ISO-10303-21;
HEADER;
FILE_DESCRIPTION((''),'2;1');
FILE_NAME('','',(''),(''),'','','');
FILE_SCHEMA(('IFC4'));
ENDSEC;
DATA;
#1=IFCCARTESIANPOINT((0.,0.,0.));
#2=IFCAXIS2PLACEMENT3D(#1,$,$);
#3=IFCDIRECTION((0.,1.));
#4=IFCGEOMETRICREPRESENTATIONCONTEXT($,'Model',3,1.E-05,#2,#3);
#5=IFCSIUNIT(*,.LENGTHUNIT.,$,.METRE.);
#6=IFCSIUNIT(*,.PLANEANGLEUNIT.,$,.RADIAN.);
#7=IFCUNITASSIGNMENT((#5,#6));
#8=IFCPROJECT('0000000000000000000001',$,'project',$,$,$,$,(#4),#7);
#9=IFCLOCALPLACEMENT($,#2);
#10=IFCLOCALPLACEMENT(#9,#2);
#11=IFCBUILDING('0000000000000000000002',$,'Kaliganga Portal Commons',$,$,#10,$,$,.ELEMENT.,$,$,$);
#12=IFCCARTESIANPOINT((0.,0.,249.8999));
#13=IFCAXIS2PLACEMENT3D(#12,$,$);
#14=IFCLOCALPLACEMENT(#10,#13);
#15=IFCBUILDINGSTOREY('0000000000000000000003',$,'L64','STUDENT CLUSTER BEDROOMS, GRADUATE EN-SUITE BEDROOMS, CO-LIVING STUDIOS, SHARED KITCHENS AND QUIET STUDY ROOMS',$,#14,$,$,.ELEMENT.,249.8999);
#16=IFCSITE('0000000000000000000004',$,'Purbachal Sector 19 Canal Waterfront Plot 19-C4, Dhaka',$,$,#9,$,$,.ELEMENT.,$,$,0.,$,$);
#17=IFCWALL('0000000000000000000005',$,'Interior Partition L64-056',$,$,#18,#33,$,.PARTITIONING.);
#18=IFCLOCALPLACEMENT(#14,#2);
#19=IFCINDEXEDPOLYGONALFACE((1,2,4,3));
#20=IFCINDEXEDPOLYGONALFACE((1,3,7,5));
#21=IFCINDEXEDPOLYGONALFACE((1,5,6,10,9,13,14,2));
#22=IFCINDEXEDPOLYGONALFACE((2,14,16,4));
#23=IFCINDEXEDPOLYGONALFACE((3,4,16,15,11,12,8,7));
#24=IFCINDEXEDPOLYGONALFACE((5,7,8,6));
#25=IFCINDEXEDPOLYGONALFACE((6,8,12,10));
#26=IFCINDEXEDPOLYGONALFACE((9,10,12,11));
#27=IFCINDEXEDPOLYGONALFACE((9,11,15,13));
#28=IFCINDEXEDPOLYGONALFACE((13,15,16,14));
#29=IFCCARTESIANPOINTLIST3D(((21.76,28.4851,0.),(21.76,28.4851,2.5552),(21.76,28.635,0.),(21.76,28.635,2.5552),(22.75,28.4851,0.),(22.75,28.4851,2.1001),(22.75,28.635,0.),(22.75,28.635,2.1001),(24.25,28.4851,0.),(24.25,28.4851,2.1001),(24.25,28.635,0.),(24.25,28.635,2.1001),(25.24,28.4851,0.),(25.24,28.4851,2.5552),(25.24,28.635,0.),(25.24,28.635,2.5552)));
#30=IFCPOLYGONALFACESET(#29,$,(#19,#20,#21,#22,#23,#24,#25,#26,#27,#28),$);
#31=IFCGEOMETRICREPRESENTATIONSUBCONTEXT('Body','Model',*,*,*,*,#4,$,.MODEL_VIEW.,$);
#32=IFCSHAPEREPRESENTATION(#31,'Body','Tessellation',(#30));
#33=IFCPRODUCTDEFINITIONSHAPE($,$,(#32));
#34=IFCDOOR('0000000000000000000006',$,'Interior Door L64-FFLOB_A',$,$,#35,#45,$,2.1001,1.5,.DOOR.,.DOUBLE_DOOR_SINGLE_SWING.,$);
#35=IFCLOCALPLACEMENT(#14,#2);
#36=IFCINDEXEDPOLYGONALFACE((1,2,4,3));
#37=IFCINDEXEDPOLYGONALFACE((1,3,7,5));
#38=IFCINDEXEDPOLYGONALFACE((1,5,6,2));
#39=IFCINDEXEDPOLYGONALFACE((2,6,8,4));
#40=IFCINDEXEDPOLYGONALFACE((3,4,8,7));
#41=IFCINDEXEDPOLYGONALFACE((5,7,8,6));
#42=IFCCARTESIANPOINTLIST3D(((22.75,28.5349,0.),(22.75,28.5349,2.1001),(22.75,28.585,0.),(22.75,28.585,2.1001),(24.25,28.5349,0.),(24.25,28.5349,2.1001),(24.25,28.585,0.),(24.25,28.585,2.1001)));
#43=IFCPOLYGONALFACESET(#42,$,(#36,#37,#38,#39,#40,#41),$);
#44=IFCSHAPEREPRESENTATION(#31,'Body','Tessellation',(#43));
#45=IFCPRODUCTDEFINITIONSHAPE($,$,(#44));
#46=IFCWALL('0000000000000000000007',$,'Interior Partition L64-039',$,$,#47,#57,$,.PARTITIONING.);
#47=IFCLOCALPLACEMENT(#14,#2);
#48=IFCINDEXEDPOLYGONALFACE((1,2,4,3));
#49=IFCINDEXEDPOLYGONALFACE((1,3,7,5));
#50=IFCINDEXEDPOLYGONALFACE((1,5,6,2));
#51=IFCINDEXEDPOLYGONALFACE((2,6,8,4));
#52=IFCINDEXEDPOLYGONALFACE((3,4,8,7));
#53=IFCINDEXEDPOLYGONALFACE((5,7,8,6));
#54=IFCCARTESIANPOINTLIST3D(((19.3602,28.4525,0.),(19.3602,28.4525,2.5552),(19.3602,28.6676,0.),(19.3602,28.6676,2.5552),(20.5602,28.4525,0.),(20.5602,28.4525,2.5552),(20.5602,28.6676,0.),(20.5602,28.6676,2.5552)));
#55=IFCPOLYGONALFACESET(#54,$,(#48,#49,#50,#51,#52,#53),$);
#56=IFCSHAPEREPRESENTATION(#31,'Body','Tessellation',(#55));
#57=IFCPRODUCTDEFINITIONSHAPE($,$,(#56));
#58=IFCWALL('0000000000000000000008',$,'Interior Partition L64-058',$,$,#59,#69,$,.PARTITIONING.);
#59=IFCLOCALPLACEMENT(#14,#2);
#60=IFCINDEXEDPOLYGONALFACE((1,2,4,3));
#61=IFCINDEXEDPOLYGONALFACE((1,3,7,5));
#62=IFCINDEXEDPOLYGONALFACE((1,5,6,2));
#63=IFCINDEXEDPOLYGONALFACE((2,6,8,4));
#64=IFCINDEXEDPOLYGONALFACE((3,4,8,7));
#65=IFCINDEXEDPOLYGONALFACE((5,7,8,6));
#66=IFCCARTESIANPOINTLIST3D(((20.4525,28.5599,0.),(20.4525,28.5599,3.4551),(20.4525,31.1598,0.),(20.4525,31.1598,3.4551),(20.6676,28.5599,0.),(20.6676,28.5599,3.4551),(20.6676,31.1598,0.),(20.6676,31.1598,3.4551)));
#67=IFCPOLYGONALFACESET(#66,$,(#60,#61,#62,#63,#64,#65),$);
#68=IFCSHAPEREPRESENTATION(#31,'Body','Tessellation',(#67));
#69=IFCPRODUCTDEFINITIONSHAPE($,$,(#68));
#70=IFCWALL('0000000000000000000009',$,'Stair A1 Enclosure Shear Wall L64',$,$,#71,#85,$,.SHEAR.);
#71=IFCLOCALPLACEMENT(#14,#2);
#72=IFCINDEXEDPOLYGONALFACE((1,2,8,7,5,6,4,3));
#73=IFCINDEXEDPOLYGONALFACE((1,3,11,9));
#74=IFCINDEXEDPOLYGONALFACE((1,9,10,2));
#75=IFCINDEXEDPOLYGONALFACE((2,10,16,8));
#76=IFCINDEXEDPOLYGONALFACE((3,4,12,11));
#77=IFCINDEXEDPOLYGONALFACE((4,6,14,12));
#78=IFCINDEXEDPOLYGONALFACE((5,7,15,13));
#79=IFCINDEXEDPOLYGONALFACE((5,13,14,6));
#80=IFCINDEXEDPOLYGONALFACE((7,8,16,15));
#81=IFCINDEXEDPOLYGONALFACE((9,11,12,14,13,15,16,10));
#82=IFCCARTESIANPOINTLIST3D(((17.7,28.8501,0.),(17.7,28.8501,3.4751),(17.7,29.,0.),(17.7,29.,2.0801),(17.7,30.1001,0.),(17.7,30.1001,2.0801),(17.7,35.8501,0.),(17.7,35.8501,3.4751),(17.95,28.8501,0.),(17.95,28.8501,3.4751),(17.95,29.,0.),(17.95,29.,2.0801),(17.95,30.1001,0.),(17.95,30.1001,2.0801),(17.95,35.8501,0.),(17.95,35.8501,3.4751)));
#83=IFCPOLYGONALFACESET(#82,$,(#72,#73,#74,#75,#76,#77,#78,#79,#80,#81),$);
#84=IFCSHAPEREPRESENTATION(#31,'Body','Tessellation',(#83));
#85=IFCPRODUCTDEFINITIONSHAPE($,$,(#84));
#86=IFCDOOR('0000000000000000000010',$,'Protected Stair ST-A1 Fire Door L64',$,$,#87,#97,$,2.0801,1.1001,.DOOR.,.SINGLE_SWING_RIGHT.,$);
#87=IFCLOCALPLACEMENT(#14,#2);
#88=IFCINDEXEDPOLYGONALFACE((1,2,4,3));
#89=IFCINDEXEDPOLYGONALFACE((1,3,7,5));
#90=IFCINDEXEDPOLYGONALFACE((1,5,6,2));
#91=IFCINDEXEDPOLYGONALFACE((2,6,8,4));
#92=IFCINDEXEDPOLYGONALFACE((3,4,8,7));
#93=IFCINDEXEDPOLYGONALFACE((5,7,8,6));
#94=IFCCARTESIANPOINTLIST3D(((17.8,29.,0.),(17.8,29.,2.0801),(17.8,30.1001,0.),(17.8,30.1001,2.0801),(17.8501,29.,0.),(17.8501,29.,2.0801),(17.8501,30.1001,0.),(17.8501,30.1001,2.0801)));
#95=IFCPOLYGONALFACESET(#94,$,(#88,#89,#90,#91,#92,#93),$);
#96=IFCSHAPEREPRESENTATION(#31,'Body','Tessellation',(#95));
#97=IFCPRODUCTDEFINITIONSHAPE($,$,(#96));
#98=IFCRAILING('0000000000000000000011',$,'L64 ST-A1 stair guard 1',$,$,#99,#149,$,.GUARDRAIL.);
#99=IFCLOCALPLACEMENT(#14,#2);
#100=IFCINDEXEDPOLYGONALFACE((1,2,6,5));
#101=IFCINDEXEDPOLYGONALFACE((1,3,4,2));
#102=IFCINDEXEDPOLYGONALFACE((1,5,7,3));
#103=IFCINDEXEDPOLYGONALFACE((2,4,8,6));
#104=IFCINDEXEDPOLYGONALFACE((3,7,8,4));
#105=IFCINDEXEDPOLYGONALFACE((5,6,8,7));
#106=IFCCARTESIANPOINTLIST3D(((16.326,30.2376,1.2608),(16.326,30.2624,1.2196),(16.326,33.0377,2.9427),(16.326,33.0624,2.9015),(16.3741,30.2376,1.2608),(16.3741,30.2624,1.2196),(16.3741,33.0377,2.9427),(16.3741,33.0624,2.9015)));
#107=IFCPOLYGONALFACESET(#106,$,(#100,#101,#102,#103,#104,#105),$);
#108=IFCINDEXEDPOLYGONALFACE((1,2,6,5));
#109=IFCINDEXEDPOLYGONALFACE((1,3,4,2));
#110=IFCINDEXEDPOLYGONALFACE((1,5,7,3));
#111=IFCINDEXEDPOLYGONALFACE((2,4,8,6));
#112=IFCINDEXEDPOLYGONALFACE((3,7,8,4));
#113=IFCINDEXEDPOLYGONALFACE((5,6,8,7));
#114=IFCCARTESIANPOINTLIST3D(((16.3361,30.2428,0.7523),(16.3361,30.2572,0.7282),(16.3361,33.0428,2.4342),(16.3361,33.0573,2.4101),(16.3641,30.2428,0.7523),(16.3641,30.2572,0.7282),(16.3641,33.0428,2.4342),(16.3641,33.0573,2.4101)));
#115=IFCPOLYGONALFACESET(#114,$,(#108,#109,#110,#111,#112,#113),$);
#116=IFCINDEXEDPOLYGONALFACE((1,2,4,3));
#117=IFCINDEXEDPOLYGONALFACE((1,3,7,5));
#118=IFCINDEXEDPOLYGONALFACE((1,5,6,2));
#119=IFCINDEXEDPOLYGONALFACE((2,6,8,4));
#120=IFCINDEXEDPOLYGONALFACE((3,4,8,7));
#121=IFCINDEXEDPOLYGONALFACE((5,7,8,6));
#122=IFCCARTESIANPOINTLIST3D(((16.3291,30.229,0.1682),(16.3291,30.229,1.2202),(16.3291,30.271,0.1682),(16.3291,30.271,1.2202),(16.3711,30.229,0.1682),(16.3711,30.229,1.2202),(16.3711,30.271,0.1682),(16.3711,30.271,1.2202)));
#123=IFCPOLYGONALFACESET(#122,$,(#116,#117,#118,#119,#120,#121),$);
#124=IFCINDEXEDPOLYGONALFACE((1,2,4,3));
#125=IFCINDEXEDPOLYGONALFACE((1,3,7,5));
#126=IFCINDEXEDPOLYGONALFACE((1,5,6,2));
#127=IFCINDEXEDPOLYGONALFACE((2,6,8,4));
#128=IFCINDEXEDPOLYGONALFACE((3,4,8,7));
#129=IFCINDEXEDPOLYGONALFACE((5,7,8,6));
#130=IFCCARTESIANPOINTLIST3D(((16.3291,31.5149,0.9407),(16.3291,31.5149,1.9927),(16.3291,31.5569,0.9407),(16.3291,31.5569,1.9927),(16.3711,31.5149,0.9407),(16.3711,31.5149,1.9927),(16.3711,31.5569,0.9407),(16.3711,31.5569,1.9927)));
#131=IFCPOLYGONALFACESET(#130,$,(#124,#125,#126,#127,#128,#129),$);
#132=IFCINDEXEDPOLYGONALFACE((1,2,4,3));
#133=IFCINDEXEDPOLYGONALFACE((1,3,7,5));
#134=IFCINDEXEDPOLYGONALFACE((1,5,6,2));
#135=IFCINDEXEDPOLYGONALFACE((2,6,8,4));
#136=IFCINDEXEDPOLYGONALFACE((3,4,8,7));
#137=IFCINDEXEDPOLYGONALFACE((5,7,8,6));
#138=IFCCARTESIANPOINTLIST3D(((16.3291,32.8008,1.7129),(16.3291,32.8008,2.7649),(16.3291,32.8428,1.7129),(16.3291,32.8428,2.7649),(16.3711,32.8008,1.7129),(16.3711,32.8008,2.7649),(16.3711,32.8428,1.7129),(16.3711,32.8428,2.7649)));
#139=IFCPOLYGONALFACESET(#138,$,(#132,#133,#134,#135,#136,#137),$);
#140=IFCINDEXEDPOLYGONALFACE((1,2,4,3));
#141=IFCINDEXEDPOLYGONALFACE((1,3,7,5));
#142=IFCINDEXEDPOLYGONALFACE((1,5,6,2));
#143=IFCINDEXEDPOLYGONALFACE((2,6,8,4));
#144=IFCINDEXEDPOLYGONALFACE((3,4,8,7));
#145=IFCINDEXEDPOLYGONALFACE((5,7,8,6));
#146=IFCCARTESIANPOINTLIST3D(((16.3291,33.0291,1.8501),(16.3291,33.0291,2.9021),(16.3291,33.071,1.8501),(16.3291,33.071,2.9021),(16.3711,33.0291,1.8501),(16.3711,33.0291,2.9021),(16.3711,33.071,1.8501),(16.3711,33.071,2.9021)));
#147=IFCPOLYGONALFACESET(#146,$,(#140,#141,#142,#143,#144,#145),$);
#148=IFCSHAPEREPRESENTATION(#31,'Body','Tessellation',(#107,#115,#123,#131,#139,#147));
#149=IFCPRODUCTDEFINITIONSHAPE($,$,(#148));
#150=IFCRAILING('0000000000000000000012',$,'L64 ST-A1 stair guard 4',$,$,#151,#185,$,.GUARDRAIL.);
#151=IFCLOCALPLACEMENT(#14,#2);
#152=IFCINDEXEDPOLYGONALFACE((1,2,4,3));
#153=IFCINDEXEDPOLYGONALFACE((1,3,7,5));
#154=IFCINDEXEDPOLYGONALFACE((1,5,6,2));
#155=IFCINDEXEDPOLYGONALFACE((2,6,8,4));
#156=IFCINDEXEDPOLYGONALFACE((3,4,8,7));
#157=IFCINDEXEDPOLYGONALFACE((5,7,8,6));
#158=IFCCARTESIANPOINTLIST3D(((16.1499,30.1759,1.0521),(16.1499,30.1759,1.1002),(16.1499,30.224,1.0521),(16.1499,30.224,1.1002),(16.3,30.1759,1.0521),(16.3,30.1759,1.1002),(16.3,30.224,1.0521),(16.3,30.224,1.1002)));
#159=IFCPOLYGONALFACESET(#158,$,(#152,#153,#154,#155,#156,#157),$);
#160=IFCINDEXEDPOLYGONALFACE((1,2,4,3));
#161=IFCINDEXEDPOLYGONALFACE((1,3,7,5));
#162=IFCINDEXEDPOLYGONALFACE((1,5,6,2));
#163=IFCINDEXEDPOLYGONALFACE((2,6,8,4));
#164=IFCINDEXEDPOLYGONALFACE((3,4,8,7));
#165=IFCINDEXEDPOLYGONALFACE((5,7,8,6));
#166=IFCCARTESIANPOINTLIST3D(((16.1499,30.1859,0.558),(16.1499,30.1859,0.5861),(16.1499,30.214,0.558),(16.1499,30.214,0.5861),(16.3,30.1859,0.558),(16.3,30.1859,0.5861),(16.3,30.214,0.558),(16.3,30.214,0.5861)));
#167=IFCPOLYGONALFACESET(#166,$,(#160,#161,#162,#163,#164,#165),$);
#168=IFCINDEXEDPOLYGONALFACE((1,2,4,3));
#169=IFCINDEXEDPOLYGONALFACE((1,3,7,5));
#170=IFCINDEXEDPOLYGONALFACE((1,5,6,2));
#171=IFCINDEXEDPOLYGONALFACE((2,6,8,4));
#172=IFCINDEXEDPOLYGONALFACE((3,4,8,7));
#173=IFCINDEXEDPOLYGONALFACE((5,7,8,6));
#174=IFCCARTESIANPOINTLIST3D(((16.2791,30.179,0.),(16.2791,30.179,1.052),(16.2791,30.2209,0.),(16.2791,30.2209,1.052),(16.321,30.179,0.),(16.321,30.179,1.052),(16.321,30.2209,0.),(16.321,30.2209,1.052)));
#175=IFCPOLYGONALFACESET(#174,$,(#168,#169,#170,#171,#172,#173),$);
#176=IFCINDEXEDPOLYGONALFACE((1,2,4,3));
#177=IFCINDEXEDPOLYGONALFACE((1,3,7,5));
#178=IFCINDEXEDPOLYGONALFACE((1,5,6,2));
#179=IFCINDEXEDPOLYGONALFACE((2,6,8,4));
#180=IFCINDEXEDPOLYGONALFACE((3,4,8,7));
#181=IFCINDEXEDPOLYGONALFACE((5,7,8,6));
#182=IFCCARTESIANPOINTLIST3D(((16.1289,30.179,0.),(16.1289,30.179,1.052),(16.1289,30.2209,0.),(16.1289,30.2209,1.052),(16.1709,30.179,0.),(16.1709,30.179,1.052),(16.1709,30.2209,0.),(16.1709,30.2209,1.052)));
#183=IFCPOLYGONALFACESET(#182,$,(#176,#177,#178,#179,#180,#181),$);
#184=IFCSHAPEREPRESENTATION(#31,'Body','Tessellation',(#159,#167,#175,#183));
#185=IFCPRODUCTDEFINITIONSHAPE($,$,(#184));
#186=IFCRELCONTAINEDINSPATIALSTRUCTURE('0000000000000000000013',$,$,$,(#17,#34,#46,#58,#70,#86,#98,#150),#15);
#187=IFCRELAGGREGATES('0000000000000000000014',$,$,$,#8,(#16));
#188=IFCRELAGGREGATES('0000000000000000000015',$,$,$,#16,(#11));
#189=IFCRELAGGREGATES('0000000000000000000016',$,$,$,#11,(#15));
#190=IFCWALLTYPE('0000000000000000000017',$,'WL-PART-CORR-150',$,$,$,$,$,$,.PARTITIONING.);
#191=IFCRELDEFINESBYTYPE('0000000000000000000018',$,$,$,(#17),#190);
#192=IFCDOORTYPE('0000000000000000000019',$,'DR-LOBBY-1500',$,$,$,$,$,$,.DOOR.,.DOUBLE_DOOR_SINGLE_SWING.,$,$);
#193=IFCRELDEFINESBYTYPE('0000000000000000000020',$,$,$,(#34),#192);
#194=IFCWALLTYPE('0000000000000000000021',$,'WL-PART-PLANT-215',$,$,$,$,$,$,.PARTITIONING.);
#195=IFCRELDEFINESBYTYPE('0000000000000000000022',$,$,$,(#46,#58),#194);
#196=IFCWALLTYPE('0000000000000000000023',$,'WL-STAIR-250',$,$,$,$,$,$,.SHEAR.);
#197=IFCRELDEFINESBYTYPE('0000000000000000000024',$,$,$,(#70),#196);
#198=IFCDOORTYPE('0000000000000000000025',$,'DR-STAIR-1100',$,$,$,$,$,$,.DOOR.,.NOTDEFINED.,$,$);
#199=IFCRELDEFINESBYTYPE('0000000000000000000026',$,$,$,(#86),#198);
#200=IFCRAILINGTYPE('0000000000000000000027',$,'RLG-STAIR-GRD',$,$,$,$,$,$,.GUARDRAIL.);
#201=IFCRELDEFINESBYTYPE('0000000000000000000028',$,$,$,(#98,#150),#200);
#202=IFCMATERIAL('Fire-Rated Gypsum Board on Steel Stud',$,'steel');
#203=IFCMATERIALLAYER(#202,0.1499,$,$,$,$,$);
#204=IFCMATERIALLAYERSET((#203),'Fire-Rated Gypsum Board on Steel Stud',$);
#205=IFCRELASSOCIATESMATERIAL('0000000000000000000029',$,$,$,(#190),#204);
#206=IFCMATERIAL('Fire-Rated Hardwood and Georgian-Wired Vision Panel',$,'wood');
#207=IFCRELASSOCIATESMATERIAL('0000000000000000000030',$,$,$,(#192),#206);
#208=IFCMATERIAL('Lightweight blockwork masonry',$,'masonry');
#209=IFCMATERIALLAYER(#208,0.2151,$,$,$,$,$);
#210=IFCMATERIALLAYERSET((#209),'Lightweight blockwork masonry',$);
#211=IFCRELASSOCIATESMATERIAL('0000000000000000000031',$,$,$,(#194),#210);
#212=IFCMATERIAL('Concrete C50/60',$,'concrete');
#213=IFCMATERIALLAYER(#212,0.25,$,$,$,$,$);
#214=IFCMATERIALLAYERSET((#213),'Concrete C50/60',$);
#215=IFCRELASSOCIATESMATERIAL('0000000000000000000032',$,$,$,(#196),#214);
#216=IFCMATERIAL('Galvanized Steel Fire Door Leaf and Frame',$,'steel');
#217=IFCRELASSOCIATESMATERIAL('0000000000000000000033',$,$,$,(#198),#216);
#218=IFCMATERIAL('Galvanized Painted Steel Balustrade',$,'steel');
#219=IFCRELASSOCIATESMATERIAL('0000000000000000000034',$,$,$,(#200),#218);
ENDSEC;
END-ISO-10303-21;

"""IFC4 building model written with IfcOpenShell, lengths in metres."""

from ifc_helpers import new_model, si_unit, direction, frame, frame_2d, origin, origin_2d, place, context, subcontext, project, spatial, rectangle, extrude, material, layer, layer_set, type_object, element, fill, save


model = new_model("IFC4")

# Units and contexts
model_context = context("Model", 3, precision=1e-05, world=origin(), true_north=direction((0.0, 1.0)))
body_context = subcontext(model_context, "Body", "Model", "MODEL_VIEW")
ifc_project = project(units=[si_unit("LENGTHUNIT", "METRE"), si_unit("PLANEANGLEUNIT", "RADIAN")], contexts=[model_context])

# Site, building, storey
site_placement = place(None, origin())
site = spatial("IfcSite", under=ifc_project, at=site_placement, Name="Purbachal Sector 19 Canal Waterfront Plot 19-C4, Dhaka", CompositionType="ELEMENT", RefElevation=0.0)
building_placement = place(site_placement, origin())
building = spatial("IfcBuilding", under=site, at=building_placement, Name="Kaliganga Portal Commons", CompositionType="ELEMENT")
storey_placement = place(building_placement, frame((0.0, 0.0, 249.8999)))
storey = spatial("IfcBuildingStorey", under=building, at=storey_placement, Name="L64", Description="STUDENT CLUSTER BEDROOMS, GRADUATE EN-SUITE BEDROOMS, CO-LIVING STUDIOS, SHARED KITCHENS AND QUIET STUDY ROOMS", CompositionType="ELEMENT", Elevation=249.8999)

# Shared definitions
ifc_material_1 = material(Name="Concrete C50/60", Category="concrete")

# Shared definitions
ifc_material_2 = material(Name="Fire-Rated Gypsum Board on Steel Stud", Category="steel")
ifc_layer_1 = layer(ifc_material_2, 0.1499)
ifc_layer_set_1 = layer_set([ifc_layer_1], Name="Fire-Rated Gypsum Board on Steel Stud")
wall_type_1 = type_object("IfcWallType", Name="WL-PART-CORR-150", PredefinedType="PARTITIONING", material=ifc_layer_set_1)

# Wall, opening, door
wall_1_placement = place(storey_placement, frame((21.76, 28.5601, 0.0), z_axis=(0.0, 0.0, 1.0), x_axis=(1.0, 0.0, 0.0)))
wall_1 = element("IfcWall", 1, at=wall_1_placement, inside=storey, type_object=wall_type_1, Name="Interior Partition L64-056", PredefinedType="PARTITIONING", context=body_context, shape_type="SweptSolid", body=[
    extrude(rectangle(XDim=3.48, YDim=0.1499, at=frame_2d((1.74, 0.0))), origin(), (0.0, 0.0, 1.0), 2.5552),
])
opening_1_placement = place(wall_1_placement, frame((0.99, 0.0, 0.0)))
opening_1 = element("IfcOpeningElement", 2, at=opening_1_placement, cuts=wall_1, PredefinedType="OPENING", context=body_context, shape_type="SweptSolid", body=[
    extrude(rectangle(XDim=1.5, YDim=2.1001, at=frame_2d((0.75, 1.05))), frame((0.0, 0.085, 0.0), z_axis=(0.0, -1.0, 0.0), x_axis=(1.0, 0.0, 0.0)), (0.0, 0.0, 1.0), 0.1699),
])
ifc_material_3 = material(Name="Fire-Rated Hardwood and Georgian-Wired Vision Panel", Category="wood")
door_type_1 = type_object("IfcDoorType", Name="DR-LOBBY-1500", OperationType="DOUBLE_DOOR_SINGLE_SWING", PredefinedType="DOOR", material=ifc_material_3)
door_1_placement = place(opening_1_placement, origin())
door_1 = element("IfcDoor", 3, at=door_1_placement, inside=storey, type_object=door_type_1, Name="Interior Door L64-FFLOB_A", OperationType="DOUBLE_DOOR_SINGLE_SWING", OverallHeight=2.1001, OverallWidth=1.5, PredefinedType="DOOR", context=body_context, shape_type="SweptSolid", body=[
    extrude(rectangle(XDim=1.5, YDim=2.1001, at=frame_2d((0.75, 1.05))), frame((0.0, 0.0249, 0.0), z_axis=(0.0, -1.0, 0.0), x_axis=(1.0, 0.0, 0.0)), (0.0, 0.0, 1.0), 0.05),
])
fill(opening_1, door_1)
ifc_material_4 = material(Name="Lightweight blockwork masonry", Category="masonry")
ifc_layer_2 = layer(ifc_material_4, 0.2151)
ifc_layer_set_2 = layer_set([ifc_layer_2], Name="Lightweight blockwork masonry")
wall_type_2 = type_object("IfcWallType", Name="WL-PART-PLANT-215", PredefinedType="PARTITIONING", material=ifc_layer_set_2)

# Walls
wall_2_placement = place(storey_placement, frame((19.3601, 28.5601, 0.0), z_axis=(0.0, 0.0, 1.0), x_axis=(1.0, 0.0, 0.0)))
element("IfcWall", 4, at=wall_2_placement, inside=storey, type_object=wall_type_2, Name="Interior Partition L64-039", PredefinedType="PARTITIONING", context=body_context, shape_type="SweptSolid", body=[
    extrude(rectangle(XDim=1.2, YDim=0.2151, at=frame_2d((0.6001, 0.0))), origin(), (0.0, 0.0, 1.0), 2.5552),
])
wall_3_placement = place(storey_placement, frame((20.5601, 28.5601, 0.0), z_axis=(0.0, 0.0, 1.0), x_axis=(0.0, 1.0, 0.0)))
element("IfcWall", 5, at=wall_3_placement, inside=storey, type_object=wall_type_2, Name="Interior Partition L64-058", PredefinedType="PARTITIONING", context=body_context, shape_type="SweptSolid", body=[
    extrude(rectangle(XDim=2.5999, YDim=0.2151, at=frame_2d((1.2998, 0.0))), origin(), (0.0, 0.0, 1.0), 3.4551),
])

# Wall, opening, door
ifc_layer_3 = layer(ifc_material_1, 0.25)
ifc_layer_set_3 = layer_set([ifc_layer_3], Name="Concrete C50/60")
wall_type_3 = type_object("IfcWallType", Name="WL-STAIR-250", PredefinedType="SHEAR", material=ifc_layer_set_3)
wall_4_placement = place(storey_placement, frame((17.825, 28.8501, 0.0), z_axis=(0.0, 0.0, 1.0), x_axis=(0.0, 1.0, 0.0)))
wall_4 = element("IfcWall", 6, at=wall_4_placement, inside=storey, type_object=wall_type_3, Name="Stair A1 Enclosure Shear Wall L64", PredefinedType="SHEAR", context=body_context, shape_type="SweptSolid", body=[
    extrude(rectangle(XDim=7.0, YDim=0.25, at=frame_2d((3.5, 0.0))), origin(), (0.0, 0.0, 1.0), 3.4751),
])
opening_2_placement = place(wall_4_placement, frame((0.1499, 0.0, 0.0)))
opening_2 = element("IfcOpeningElement", 7, at=opening_2_placement, cuts=wall_4, PredefinedType="OPENING", context=body_context, shape_type="SweptSolid", body=[
    extrude(rectangle(XDim=1.1001, YDim=2.0801, at=frame_2d((0.55, 1.04))), frame((0.0, 0.135, 0.0), z_axis=(0.0, -1.0, 0.0), x_axis=(1.0, 0.0, 0.0)), (0.0, 0.0, 1.0), 0.27),
])
ifc_material_5 = material(Name="Galvanized Steel Fire Door Leaf and Frame", Category="steel")
door_type_2 = type_object("IfcDoorType", Name="DR-STAIR-1100", OperationType="NOTDEFINED", PredefinedType="DOOR", material=ifc_material_5)
door_2_placement = place(opening_2_placement, origin())
door_2 = element("IfcDoor", 8, at=door_2_placement, inside=storey, type_object=door_type_2, Name="Protected Stair ST-A1 Fire Door L64", OperationType="SINGLE_SWING_RIGHT", OverallHeight=2.0801, OverallWidth=1.1001, PredefinedType="DOOR", context=body_context, shape_type="SweptSolid", body=[
    extrude(rectangle(XDim=1.1001, YDim=2.0801, at=frame_2d((0.55, 1.04))), frame((0.0, 0.0249, 0.0), z_axis=(0.0, -1.0, 0.0), x_axis=(1.0, 0.0, 0.0)), (0.0, 0.0, 1.0), 0.05),
])
fill(opening_2, door_2)

# Railings
ifc_material_6 = material(Name="Galvanized Painted Steel Balustrade", Category="steel")
railing_type = type_object("IfcRailingType", Name="RLG-STAIR-GRD", PredefinedType="GUARDRAIL", material=ifc_material_6)
railing_1_placement = place(storey_placement, frame((16.3501, 30.25, 0.1682)))
element("IfcRailing", 9, at=railing_1_placement, inside=storey, type_object=railing_type, Name="L64 ST-A1 stair guard 1", PredefinedType="GUARDRAIL", context=body_context, shape_type="SweptSolid", body=[
    extrude(rectangle(XDim=0.0481, YDim=0.0481, at=origin_2d()), frame((0.0, 0.0, 1.072), z_axis=(0.0, 0.857242, 0.514913), x_axis=(-1.0, 0.0, 0.0)), (0.0, 0.0, 1.0), 3.2664),
    extrude(rectangle(XDim=0.0281, YDim=0.0281, at=origin_2d()), frame((0.0, 0.0, 0.572), z_axis=(0.0, 0.857242, 0.514913), x_axis=(-1.0, 0.0, 0.0)), (0.0, 0.0, 1.0), 3.2664),
    extrude(rectangle(XDim=0.042, YDim=0.042, at=origin_2d()), origin(), (0.0, 0.0, 1.0), 1.052),
    extrude(rectangle(XDim=0.042, YDim=0.042, at=origin_2d()), frame((0.0, 1.2859, 0.7725)), (0.0, 0.0, 1.0), 1.052),
    extrude(rectangle(XDim=0.042, YDim=0.042, at=origin_2d()), frame((0.0, 2.5718, 1.5447)), (0.0, 0.0, 1.0), 1.052),
    extrude(rectangle(XDim=0.042, YDim=0.042, at=origin_2d()), frame((0.0, 2.8, 1.6819)), (0.0, 0.0, 1.0), 1.052),
])
railing_2_placement = place(storey_placement, frame((16.3, 30.2, 0.0)))
element("IfcRailing", 10, at=railing_2_placement, inside=storey, type_object=railing_type, Name="L64 ST-A1 stair guard 4", PredefinedType="GUARDRAIL", context=body_context, shape_type="SweptSolid", body=[
    extrude(rectangle(XDim=0.0481, YDim=0.0481, at=origin_2d()), frame((0.0, 0.0, 1.0762), z_axis=(-1.0, 0.0, 0.0), x_axis=(0.0, -1.0, 0.0)), (0.0, 0.0, 1.0), 0.1501),
    extrude(rectangle(XDim=0.0281, YDim=0.0281, at=origin_2d()), frame((0.0, 0.0, 0.572), z_axis=(-1.0, 0.0, 0.0), x_axis=(0.0, -1.0, 0.0)), (0.0, 0.0, 1.0), 0.1501),
    extrude(rectangle(XDim=0.042, YDim=0.042, at=origin_2d()), origin(), (0.0, 0.0, 1.0), 1.052),
    extrude(rectangle(XDim=0.042, YDim=0.042, at=origin_2d()), frame((-0.1501, 0.0, 0.0)), (0.0, 0.0, 1.0), 1.052),
])

save(model, "model.ifc")
